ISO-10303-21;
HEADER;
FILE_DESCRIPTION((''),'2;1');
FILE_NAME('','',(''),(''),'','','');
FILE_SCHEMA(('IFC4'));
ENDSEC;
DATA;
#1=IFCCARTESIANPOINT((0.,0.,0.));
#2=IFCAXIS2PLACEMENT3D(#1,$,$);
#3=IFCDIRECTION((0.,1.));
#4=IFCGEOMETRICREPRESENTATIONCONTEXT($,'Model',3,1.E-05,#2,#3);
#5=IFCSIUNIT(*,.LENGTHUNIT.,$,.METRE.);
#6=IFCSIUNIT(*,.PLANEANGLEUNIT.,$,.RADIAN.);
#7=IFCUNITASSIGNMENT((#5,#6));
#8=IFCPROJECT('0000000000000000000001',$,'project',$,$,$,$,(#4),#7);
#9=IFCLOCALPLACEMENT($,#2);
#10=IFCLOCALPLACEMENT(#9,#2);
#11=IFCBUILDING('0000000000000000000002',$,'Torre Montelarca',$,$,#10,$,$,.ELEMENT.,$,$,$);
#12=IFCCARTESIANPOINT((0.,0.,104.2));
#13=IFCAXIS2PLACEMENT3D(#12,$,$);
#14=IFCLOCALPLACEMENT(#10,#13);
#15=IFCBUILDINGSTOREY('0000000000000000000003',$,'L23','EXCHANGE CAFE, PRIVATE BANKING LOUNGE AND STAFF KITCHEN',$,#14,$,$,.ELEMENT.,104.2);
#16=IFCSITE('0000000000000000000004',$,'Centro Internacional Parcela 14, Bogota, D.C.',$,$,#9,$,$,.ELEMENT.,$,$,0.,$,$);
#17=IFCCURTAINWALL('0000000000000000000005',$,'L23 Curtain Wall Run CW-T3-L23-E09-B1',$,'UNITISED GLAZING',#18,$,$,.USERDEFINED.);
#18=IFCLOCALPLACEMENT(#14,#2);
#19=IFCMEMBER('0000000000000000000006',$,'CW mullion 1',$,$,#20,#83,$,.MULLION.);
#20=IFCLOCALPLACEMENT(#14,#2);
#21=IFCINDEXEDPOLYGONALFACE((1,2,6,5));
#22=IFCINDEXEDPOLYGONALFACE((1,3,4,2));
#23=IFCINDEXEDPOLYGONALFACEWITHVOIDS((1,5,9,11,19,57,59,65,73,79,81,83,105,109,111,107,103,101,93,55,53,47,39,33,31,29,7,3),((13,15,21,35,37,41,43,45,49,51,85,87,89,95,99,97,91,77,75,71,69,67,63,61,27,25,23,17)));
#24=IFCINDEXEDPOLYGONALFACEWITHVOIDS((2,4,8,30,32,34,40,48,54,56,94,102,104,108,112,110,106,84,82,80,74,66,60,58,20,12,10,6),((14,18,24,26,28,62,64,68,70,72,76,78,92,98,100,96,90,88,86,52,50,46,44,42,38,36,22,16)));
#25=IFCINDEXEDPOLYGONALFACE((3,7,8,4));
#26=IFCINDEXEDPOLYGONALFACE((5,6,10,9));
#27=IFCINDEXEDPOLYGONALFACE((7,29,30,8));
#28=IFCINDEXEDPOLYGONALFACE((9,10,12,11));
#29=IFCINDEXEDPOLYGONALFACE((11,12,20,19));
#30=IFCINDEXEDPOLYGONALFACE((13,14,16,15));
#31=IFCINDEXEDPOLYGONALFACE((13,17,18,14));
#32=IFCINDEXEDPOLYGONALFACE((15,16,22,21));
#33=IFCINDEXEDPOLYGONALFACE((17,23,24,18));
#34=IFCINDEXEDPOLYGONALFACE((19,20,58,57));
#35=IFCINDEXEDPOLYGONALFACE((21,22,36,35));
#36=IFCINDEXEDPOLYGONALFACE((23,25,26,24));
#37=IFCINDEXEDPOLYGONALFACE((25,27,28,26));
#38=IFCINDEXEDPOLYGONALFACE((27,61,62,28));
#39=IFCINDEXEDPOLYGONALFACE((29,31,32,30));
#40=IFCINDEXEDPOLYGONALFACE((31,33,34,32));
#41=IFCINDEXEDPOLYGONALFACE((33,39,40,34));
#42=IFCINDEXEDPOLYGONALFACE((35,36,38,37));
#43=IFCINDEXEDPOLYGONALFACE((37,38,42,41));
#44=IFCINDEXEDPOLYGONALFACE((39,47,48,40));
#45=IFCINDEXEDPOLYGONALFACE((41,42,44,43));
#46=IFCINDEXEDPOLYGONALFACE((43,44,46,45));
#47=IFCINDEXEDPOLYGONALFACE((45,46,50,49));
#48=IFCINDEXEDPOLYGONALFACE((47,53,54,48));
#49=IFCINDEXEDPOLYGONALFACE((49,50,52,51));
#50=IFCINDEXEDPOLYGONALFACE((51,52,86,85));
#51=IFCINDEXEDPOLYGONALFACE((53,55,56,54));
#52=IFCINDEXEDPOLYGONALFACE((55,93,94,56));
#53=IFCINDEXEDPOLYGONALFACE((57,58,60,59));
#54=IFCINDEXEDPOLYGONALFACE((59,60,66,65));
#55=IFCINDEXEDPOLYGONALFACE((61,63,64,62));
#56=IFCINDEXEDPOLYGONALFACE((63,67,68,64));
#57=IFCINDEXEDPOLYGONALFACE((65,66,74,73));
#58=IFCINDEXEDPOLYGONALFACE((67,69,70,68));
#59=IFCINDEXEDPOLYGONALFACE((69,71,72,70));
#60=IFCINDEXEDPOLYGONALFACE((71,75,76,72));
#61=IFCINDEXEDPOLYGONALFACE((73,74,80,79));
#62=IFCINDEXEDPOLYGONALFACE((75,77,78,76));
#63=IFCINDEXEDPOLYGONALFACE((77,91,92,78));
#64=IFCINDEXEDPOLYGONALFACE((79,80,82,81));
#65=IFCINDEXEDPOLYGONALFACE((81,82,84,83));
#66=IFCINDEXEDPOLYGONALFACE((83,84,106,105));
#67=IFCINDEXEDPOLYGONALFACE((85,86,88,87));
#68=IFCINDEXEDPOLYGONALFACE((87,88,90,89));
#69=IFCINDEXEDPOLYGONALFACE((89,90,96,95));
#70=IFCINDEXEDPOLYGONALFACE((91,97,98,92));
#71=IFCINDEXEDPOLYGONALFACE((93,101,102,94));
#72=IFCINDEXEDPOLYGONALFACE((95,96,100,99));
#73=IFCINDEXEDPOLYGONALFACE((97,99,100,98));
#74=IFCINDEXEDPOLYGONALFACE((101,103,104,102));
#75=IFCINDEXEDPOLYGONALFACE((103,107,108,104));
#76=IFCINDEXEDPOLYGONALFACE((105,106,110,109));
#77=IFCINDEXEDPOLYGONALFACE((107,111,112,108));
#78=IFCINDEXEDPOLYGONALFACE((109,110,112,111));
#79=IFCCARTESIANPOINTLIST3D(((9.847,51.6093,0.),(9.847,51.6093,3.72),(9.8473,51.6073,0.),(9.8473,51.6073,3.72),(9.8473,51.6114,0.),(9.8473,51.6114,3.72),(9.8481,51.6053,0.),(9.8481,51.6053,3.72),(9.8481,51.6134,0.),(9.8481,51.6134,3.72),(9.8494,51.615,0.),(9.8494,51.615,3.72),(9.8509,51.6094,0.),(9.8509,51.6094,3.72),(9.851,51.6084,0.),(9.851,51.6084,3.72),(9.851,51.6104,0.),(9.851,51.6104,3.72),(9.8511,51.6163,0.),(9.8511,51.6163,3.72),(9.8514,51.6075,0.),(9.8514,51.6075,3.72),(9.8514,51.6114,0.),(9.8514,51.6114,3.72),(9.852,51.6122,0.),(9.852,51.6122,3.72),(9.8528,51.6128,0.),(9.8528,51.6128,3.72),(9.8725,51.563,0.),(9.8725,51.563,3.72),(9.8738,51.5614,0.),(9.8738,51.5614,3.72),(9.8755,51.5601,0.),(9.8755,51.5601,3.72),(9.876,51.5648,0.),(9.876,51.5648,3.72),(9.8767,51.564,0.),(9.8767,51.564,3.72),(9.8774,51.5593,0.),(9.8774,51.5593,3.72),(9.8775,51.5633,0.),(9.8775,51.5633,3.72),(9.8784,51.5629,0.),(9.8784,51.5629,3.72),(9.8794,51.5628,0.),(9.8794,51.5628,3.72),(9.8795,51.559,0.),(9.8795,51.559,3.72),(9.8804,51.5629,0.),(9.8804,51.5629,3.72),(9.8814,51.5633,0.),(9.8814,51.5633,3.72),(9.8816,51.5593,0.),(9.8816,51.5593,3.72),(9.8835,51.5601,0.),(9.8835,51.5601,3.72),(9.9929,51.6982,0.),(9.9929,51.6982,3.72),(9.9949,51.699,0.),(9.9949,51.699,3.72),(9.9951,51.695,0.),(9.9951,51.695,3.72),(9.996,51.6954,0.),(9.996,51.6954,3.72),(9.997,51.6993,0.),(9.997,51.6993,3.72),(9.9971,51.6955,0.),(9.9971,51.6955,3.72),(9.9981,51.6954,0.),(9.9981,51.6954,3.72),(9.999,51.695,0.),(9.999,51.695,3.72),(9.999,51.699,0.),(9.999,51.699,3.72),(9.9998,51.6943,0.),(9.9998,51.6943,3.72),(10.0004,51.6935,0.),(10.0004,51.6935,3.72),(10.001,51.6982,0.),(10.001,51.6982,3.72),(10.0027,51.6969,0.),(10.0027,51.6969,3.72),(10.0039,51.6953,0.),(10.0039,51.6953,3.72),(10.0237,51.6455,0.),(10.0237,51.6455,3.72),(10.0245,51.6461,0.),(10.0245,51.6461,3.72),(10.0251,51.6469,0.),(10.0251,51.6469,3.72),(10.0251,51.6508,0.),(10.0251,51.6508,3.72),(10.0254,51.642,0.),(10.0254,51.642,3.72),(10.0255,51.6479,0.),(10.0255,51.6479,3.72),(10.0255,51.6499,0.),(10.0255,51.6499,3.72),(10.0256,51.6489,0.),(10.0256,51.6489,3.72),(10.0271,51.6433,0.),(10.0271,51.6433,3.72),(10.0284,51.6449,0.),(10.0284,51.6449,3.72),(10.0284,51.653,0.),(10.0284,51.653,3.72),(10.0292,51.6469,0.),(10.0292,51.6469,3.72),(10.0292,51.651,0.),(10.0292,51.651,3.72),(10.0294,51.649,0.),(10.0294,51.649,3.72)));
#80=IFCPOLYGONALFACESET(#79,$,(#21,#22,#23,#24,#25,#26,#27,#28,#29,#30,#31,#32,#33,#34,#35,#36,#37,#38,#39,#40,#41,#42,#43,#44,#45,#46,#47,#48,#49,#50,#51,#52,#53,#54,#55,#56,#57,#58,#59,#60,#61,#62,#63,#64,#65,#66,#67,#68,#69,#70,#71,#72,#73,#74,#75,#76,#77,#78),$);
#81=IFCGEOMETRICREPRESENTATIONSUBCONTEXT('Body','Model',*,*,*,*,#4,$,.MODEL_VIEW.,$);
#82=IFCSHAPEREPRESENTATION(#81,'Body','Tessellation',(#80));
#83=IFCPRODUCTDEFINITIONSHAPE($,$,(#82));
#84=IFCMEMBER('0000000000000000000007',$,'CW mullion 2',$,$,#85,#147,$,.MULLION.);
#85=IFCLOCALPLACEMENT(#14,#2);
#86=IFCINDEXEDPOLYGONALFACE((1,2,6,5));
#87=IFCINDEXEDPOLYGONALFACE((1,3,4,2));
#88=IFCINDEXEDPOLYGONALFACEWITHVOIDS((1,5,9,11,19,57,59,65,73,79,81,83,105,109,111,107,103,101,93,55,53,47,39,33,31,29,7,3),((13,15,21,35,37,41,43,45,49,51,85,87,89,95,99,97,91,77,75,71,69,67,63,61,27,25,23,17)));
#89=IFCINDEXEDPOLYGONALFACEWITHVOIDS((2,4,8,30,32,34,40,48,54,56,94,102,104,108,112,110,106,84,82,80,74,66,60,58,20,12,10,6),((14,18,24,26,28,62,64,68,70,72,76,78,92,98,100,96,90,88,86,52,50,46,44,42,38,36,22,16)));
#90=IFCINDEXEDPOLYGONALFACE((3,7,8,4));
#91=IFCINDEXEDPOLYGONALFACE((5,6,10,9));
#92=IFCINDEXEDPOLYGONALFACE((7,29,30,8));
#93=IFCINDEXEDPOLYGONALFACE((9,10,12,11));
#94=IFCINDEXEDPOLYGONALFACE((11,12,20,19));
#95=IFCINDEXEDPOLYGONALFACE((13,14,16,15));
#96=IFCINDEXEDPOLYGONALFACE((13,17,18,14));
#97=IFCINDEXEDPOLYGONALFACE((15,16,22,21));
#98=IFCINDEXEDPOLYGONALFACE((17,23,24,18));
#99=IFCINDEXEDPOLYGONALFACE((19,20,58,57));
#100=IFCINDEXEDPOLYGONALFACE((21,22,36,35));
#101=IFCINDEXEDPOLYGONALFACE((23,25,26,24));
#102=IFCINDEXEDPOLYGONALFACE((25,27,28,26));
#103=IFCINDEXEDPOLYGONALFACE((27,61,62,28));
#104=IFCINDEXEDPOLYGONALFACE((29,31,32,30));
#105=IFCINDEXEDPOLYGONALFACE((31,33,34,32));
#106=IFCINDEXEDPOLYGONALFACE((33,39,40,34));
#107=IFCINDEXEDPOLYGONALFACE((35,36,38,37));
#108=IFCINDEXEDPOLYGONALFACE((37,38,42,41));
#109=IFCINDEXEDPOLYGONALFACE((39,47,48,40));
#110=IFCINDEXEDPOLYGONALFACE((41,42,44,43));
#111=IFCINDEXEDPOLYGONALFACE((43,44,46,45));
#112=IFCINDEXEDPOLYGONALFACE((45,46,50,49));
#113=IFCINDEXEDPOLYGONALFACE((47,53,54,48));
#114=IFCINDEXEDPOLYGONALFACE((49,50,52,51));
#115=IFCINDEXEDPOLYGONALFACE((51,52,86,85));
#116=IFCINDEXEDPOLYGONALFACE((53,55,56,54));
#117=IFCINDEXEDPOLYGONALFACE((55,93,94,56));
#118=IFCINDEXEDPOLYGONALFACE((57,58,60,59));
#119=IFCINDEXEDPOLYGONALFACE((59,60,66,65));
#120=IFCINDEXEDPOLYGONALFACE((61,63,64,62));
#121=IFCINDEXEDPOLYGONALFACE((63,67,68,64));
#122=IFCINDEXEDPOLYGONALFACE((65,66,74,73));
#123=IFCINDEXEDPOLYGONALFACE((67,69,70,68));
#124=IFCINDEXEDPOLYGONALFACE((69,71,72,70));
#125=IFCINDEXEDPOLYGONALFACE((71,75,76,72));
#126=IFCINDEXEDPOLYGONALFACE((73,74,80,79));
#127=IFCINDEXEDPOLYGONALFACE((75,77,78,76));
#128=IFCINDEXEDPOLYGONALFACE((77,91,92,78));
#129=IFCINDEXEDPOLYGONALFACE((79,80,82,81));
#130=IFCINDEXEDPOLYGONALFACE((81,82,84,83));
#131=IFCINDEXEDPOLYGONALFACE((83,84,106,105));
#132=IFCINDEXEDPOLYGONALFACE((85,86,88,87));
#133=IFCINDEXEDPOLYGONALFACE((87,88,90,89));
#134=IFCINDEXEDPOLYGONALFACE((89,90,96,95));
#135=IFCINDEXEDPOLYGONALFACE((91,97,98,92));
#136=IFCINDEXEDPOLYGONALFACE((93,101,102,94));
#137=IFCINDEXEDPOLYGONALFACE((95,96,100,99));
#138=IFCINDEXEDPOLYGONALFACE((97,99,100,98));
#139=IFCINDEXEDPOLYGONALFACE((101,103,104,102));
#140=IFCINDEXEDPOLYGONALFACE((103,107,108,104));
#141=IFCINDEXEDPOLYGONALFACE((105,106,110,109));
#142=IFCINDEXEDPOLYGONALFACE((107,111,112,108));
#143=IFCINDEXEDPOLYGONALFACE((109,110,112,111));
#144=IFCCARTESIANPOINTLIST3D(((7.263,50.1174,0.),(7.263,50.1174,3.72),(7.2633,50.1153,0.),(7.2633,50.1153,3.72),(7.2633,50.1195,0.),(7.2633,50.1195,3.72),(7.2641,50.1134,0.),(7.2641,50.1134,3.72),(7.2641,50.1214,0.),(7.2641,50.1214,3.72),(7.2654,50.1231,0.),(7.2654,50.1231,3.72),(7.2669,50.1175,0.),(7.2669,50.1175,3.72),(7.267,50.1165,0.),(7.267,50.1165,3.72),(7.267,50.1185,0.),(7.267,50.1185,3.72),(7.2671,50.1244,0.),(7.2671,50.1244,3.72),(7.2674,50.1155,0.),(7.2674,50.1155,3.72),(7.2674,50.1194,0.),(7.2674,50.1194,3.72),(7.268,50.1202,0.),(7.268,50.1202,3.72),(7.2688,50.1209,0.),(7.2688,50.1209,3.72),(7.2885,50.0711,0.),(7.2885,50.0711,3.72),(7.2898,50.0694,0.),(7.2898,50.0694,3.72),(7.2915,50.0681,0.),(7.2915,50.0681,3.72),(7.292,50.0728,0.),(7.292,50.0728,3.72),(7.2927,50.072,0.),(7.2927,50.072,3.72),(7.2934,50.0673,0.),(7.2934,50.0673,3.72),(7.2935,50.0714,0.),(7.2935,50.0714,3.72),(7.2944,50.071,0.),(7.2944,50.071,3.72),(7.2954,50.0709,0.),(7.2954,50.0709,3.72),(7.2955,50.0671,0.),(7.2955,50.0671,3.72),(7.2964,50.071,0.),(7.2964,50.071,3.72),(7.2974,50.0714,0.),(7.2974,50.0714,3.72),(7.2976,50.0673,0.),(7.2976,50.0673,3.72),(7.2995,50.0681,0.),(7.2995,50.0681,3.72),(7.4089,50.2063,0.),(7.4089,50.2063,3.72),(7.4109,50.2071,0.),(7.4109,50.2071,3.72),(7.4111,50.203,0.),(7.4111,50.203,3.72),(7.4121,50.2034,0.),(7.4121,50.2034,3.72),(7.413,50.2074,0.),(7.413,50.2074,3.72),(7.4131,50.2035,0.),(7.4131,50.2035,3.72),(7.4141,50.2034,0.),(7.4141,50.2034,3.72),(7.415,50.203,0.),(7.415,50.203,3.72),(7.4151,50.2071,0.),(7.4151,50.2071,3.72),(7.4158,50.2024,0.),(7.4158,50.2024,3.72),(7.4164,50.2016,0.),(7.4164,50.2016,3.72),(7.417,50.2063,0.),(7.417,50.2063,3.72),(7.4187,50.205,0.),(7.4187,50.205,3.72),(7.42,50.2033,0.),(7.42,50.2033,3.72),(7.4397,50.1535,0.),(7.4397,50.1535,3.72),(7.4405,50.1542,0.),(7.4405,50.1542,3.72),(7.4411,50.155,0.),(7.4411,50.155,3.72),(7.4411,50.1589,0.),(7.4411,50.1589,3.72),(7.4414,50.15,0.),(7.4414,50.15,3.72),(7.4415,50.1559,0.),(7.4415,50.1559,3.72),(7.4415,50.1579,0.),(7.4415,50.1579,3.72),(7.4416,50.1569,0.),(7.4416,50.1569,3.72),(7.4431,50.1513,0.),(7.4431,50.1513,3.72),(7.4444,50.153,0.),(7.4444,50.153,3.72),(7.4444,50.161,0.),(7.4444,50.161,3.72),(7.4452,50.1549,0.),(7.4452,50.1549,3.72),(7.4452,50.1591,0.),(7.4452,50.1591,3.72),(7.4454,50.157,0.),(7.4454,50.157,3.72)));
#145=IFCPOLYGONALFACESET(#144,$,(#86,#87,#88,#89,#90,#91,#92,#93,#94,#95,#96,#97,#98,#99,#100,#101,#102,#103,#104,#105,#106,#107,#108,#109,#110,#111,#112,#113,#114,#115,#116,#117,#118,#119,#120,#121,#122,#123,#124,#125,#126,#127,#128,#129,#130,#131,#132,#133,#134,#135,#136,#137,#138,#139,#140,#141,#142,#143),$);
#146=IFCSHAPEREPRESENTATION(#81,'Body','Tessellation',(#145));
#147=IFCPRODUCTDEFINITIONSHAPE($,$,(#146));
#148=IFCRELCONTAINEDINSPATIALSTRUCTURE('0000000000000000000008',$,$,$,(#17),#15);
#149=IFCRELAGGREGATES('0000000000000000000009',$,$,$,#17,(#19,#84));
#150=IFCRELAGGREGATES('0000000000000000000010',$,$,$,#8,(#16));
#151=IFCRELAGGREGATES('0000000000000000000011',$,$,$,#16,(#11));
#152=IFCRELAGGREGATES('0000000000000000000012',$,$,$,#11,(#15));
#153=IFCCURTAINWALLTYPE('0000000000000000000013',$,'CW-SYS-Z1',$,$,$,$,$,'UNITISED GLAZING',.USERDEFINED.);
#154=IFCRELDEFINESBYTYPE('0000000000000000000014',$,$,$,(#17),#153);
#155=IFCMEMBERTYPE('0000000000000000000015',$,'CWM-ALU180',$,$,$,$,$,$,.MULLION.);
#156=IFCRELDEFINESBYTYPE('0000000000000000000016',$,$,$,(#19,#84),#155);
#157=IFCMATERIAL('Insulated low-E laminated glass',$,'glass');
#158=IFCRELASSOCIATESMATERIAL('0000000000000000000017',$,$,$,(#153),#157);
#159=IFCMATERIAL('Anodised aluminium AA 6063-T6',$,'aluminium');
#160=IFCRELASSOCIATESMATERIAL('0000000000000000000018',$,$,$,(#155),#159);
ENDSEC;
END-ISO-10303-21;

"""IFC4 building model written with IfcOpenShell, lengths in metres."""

from ifc_helpers import new_model, si_unit, direction, frame, origin, origin_2d, place, context, subcontext, project, spatial, hollow_rectangle, extrude, source, transform, mapped, material, material_profile, profile_set, type_object, element, aggregate, save


model = new_model("IFC4")

# Units and contexts
model_context = context("Model", 3, precision=1e-05, world=origin(), true_north=direction((0.0, 1.0)))
body_context = subcontext(model_context, "Body", "Model", "MODEL_VIEW")
ifc_project = project(units=[si_unit("LENGTHUNIT", "METRE"), si_unit("PLANEANGLEUNIT", "RADIAN")], contexts=[model_context])

# Site, building, storey
site_placement = place(None, origin())
site = spatial("IfcSite", under=ifc_project, at=site_placement, Name="Centro Internacional Parcela 14, Bogota, D.C.", CompositionType="ELEMENT", RefElevation=0.0)
building_placement = place(site_placement, origin())
building = spatial("IfcBuilding", under=site, at=building_placement, Name="Torre Montelarca", CompositionType="ELEMENT")
storey_placement = place(building_placement, frame((0.0, 0.0, 104.2)))
storey = spatial("IfcBuildingStorey", under=building, at=storey_placement, Name="L23", Description="EXCHANGE CAFE, PRIVATE BANKING LOUNGE AND STAFF KITCHEN", CompositionType="ELEMENT", Elevation=104.2)

# Curtain wall
ifc_material_1 = material(Name="Insulated low-E laminated glass", Category="glass")
curtain_wall_type = type_object("IfcCurtainWallType", Name="CW-SYS-Z1", ElementType="UNITISED GLAZING", PredefinedType="USERDEFINED", material=ifc_material_1)
curtain_wall_1_placement = place(storey_placement, origin())
curtain_wall_1 = element("IfcCurtainWall", 1, at=curtain_wall_1_placement, inside=storey, type_object=curtain_wall_type, Name="L23 Curtain Wall Run CW-T3-L23-E09-B1", ObjectType="UNITISED GLAZING", PredefinedType="USERDEFINED")
ifc_material_2 = material(Name="Anodised aluminium AA 6063-T6", Category="aluminium")

# Members
ifc_material_profile_1 = material_profile(ifc_material_2, hollow_rectangle(XDim=0.0649, YDim=0.1799, WallThickness=0.0039, InnerFilletRadius=0.0039, OuterFilletRadius=0.0081, at=origin_2d()), Name="ALU65X180X4", Category="aluminium")
ifc_profile_set_1 = profile_set([ifc_material_profile_1], Name="Anodised aluminium AA 6063-T6")
member_type_1 = type_object("IfcMemberType", Name="CWM-ALU180", PredefinedType="MULLION", material=ifc_profile_set_1)
shared_shape_1 = source(origin(), body_context, "Body", "SweptSolid", [
    extrude(hollow_rectangle(XDim=0.0649, YDim=0.1799, WallThickness=0.0039, InnerFilletRadius=0.0039, OuterFilletRadius=0.0081, at=origin_2d()), origin(), (0.0, 0.0, 1.0), 3.72),
])
member_1_placement = place(storey_placement, frame((9.9382, 51.6292, 0.0), z_axis=(0.0, 0.0, 1.0), x_axis=(0.500001, -0.866025, 0.0)))
member_1 = element("IfcMember", 2, at=member_1_placement, type_object=member_type_1, Name="CW mullion 1", PredefinedType="MULLION", context=body_context, shape_type="MappedRepresentation", body=[
    mapped(shared_shape_1, transform((0.0, 0.0, 0.0), scale=1.0)),
])
member_2_placement = place(storey_placement, frame((7.3542, 50.1372, 0.0), z_axis=(0.0, 0.0, 1.0), x_axis=(0.500001, -0.866025, 0.0)))
member_2 = element("IfcMember", 3, at=member_2_placement, type_object=member_type_1, Name="CW mullion 2", PredefinedType="MULLION", context=body_context, shape_type="MappedRepresentation", body=[
    mapped(shared_shape_1, transform((0.0, 0.0, 0.0), scale=1.0)),
])

aggregate(curtain_wall_1, [member_1, member_2])

save(model, "model.ifc")
